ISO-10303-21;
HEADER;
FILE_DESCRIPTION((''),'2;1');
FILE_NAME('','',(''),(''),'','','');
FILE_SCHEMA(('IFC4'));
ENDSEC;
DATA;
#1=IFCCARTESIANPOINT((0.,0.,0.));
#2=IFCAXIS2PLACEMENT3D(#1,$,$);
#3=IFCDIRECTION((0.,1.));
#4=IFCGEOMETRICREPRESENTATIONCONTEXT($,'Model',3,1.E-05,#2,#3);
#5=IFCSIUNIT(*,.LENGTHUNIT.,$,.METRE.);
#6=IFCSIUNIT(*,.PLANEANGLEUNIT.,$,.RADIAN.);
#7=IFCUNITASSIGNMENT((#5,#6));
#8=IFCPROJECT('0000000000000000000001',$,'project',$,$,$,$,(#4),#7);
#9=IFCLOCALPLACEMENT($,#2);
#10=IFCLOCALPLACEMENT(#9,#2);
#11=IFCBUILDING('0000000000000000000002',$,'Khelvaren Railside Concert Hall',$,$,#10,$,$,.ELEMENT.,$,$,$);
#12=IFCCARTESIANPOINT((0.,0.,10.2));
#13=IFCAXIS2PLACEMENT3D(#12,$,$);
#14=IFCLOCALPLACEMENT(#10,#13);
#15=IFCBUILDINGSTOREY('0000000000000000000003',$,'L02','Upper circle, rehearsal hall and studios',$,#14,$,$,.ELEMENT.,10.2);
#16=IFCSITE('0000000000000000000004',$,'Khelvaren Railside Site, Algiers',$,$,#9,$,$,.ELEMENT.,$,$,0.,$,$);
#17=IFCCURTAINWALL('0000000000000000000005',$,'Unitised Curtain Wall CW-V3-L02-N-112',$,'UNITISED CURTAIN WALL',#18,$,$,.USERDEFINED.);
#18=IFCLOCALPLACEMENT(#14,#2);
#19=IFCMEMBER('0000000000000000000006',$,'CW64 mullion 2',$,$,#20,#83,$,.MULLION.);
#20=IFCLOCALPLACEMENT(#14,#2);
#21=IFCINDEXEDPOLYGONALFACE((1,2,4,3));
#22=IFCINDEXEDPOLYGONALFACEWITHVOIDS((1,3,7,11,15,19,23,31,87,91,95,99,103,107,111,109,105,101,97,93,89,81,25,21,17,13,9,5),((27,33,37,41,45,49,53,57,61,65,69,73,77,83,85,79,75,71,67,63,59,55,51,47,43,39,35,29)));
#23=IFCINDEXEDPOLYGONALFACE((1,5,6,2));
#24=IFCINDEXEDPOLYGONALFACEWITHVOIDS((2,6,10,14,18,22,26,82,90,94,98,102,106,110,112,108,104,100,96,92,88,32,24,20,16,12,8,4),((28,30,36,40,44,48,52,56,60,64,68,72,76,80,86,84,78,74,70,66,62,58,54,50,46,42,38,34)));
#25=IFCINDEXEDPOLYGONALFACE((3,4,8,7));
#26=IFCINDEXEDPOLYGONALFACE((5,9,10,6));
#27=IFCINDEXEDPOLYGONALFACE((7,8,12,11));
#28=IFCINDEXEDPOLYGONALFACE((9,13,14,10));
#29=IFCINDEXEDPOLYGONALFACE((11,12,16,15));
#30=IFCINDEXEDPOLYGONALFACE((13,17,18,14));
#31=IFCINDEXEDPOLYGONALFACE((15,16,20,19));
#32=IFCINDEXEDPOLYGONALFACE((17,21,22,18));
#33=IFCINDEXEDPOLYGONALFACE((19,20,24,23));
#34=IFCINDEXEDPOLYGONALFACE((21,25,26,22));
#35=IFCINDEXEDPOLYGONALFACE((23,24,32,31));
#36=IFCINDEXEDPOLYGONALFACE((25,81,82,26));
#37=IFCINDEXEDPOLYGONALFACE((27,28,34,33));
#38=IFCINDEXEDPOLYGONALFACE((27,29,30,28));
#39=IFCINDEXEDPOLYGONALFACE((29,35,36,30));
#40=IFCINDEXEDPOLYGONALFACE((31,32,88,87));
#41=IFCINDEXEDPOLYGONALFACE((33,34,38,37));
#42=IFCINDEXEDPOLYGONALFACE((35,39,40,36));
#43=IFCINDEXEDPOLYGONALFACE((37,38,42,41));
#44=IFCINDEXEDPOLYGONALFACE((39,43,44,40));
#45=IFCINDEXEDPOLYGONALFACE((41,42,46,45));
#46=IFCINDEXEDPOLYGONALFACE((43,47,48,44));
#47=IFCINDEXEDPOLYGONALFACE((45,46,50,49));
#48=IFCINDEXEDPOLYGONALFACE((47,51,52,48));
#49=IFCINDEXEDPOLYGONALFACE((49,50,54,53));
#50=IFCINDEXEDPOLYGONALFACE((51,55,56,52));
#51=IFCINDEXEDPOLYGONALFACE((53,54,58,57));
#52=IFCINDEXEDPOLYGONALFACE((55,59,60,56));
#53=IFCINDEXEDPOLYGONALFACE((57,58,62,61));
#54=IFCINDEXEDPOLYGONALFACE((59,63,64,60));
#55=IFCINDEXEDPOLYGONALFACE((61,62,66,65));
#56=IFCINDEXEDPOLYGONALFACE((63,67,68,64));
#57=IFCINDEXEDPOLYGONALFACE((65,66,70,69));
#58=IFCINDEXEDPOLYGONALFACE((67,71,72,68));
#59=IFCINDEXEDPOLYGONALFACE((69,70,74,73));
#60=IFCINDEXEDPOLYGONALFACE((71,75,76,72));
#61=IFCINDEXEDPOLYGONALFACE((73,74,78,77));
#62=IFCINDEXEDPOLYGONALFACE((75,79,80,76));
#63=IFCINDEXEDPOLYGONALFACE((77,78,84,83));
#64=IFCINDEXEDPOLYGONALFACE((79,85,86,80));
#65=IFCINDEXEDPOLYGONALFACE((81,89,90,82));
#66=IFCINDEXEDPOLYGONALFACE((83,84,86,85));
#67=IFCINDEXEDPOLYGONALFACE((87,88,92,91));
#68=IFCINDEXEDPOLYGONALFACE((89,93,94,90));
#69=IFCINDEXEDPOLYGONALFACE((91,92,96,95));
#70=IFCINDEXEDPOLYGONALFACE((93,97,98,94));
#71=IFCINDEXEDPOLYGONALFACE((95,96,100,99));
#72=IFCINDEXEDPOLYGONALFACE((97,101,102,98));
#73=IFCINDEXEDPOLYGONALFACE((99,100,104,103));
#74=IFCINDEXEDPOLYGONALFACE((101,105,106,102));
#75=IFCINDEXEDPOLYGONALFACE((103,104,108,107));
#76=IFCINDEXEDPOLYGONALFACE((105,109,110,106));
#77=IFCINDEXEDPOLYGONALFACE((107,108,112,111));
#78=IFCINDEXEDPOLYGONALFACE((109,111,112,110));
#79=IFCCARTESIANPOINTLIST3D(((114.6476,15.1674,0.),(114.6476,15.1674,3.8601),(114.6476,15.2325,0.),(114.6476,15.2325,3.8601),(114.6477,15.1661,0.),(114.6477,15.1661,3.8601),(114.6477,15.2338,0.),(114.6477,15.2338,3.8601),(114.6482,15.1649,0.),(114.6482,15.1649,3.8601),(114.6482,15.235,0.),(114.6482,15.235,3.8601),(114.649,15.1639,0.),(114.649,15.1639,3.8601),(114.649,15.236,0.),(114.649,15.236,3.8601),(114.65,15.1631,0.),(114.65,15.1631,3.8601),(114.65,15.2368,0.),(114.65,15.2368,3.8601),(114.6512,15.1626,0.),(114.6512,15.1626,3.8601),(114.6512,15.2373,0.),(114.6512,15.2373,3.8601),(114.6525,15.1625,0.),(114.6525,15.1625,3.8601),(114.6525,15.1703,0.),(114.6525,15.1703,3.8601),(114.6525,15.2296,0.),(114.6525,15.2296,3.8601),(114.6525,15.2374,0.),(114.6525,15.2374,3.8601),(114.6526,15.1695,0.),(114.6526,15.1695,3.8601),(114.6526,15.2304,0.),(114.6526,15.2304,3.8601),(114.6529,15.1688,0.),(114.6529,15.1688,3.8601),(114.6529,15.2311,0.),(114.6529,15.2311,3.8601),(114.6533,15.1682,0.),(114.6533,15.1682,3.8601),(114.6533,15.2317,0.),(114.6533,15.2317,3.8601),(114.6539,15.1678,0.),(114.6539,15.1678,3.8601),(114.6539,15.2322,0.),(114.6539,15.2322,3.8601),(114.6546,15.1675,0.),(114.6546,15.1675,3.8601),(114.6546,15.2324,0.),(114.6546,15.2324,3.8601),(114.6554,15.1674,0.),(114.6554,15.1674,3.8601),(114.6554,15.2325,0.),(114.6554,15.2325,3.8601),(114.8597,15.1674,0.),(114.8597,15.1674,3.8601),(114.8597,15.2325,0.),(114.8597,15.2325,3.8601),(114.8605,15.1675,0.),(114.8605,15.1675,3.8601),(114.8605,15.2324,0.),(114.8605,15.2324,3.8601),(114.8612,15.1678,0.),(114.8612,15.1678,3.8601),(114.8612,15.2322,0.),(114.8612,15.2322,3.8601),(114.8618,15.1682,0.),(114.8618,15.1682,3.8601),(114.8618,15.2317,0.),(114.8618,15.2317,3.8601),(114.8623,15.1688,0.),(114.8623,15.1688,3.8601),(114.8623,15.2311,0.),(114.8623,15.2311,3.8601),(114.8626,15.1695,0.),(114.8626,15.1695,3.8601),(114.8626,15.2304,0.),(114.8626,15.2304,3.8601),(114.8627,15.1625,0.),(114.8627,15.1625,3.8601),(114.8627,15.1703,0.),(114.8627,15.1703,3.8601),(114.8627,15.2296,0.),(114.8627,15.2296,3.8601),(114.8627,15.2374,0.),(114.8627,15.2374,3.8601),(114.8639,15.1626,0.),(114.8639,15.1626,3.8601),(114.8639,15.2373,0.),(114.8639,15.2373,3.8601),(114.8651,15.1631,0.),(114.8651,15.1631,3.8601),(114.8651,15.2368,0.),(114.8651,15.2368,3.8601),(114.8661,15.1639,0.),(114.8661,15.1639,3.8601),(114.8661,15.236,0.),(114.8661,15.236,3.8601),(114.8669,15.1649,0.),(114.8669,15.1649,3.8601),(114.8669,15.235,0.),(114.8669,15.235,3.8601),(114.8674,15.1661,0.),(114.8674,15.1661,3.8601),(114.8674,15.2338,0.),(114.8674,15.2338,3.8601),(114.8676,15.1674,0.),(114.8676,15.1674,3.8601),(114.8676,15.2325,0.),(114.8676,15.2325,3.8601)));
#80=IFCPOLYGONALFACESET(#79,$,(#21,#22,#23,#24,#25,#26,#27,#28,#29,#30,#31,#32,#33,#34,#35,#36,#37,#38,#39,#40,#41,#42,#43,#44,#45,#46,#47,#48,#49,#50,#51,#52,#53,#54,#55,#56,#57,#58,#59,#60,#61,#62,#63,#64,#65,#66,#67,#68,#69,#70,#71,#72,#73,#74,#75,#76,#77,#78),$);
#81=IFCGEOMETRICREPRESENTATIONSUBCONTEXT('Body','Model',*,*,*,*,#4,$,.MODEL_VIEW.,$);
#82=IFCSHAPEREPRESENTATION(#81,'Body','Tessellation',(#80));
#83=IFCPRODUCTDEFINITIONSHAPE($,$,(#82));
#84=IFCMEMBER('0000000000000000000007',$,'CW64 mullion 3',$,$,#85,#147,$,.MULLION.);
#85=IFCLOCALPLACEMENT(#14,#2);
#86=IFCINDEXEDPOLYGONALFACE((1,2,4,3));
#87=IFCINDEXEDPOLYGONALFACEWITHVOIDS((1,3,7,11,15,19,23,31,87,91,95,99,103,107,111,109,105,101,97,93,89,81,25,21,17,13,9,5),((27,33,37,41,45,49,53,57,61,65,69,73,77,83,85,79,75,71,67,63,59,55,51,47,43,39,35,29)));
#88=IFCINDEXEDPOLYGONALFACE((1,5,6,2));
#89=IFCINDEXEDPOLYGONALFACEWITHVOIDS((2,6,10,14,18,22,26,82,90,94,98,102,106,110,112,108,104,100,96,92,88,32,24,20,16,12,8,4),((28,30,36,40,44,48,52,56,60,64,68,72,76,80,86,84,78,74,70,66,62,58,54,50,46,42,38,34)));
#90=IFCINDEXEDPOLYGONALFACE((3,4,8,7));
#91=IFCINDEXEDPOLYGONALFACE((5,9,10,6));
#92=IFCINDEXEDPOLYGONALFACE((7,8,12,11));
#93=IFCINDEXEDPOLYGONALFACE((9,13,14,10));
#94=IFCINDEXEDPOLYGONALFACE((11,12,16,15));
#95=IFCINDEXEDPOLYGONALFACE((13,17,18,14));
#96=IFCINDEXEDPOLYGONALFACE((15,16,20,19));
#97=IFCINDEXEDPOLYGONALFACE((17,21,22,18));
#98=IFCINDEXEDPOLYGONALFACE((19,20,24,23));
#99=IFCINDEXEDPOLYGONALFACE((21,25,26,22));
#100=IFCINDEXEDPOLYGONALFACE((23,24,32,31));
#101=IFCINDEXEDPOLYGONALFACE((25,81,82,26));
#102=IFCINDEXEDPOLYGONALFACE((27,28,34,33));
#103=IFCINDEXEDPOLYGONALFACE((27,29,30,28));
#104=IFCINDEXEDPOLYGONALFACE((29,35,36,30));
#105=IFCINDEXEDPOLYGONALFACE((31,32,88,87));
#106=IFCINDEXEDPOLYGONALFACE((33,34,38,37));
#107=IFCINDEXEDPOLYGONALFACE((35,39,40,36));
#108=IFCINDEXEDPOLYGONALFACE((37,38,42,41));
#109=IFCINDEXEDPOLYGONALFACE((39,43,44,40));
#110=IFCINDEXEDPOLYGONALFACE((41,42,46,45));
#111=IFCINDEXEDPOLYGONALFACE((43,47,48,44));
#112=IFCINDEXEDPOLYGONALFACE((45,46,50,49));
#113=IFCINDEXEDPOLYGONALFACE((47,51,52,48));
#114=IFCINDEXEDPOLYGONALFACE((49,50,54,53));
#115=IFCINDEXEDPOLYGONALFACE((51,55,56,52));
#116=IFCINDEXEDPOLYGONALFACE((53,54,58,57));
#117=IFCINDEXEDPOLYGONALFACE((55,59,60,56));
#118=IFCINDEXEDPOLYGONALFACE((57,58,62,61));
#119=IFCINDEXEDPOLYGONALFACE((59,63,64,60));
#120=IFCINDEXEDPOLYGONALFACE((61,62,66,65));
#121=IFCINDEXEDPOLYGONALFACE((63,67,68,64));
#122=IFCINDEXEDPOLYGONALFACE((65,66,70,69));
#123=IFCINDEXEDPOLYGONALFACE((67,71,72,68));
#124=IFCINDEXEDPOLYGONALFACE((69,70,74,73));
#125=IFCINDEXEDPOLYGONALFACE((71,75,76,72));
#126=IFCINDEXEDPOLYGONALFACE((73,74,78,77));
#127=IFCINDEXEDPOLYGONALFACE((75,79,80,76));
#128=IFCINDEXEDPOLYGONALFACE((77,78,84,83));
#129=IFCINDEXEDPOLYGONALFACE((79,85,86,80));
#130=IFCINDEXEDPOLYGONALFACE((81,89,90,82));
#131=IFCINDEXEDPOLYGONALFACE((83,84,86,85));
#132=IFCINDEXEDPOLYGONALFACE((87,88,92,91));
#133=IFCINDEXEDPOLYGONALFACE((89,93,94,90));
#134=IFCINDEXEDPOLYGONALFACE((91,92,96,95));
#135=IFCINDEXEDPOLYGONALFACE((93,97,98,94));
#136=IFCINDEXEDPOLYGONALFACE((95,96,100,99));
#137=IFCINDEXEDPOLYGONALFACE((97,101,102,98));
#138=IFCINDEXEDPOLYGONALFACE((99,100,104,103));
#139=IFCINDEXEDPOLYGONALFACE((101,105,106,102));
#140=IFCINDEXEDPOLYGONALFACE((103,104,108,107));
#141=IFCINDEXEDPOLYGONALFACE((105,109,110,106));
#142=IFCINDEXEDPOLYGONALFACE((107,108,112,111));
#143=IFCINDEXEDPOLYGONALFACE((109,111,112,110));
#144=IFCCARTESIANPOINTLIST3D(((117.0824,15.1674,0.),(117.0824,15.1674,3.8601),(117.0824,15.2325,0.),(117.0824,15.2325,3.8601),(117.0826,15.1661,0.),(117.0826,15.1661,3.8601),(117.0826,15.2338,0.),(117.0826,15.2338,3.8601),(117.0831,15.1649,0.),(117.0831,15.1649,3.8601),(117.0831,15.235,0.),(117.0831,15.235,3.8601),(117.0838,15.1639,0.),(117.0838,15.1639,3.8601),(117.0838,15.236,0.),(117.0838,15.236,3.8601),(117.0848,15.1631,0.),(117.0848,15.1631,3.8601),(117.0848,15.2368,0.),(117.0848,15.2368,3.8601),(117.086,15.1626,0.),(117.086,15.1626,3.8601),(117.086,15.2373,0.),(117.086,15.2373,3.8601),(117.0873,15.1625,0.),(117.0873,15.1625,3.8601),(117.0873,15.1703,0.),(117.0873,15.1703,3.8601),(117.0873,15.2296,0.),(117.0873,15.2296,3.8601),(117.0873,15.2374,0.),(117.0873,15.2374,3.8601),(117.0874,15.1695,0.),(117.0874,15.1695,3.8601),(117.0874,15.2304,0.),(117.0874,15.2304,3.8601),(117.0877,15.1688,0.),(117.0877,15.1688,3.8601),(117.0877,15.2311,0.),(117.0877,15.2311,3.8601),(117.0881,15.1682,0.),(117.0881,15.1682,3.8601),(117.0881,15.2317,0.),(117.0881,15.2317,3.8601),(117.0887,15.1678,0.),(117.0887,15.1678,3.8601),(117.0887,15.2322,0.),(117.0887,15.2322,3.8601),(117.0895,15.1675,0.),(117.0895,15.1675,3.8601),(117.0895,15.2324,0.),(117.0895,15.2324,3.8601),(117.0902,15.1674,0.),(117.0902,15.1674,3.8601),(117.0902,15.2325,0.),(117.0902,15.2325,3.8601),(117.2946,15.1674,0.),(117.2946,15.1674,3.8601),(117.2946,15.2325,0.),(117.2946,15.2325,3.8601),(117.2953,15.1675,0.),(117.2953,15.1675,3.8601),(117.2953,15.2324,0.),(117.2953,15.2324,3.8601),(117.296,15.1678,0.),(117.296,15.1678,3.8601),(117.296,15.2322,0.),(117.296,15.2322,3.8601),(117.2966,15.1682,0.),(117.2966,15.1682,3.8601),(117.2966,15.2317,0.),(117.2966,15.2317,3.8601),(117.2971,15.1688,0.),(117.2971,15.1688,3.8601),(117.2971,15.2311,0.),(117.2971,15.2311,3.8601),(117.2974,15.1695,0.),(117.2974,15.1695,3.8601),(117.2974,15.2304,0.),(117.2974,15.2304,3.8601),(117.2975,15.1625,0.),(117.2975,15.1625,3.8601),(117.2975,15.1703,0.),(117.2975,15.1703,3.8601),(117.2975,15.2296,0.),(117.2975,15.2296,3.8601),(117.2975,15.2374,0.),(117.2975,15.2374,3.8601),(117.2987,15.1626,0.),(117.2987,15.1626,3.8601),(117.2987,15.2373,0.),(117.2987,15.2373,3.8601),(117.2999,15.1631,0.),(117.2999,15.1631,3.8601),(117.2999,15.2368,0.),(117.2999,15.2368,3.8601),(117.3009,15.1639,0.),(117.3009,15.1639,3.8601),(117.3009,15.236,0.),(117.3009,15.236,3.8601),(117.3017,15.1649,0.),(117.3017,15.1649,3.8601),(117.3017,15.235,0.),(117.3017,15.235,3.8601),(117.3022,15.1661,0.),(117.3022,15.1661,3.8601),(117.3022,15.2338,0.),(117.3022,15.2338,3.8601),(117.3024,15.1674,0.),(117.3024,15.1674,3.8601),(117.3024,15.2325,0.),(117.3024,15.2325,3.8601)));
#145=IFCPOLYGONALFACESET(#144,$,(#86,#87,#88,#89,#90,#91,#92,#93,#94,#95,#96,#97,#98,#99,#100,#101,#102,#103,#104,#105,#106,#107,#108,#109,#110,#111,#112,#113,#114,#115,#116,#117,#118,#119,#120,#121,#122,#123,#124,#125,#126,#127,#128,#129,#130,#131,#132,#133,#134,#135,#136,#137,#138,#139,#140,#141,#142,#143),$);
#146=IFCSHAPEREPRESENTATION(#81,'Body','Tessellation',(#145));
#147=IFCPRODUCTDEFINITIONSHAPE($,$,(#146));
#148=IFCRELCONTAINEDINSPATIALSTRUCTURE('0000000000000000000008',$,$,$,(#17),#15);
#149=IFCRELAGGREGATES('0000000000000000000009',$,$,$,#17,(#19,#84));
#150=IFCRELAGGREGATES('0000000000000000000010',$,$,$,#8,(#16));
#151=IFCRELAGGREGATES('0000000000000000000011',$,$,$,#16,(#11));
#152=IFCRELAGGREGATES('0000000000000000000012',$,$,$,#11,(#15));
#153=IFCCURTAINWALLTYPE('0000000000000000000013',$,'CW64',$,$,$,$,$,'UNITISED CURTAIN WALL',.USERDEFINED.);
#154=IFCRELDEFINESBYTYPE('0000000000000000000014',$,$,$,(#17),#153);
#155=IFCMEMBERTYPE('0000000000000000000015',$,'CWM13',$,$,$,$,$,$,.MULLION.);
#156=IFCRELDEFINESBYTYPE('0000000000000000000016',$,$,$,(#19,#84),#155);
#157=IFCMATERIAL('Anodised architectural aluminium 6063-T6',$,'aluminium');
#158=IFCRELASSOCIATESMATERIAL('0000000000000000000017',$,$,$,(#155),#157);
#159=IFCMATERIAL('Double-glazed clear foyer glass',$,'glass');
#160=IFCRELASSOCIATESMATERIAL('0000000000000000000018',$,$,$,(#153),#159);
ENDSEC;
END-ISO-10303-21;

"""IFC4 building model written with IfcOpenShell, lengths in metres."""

from ifc_helpers import new_model, si_unit, direction, frame, origin, origin_2d, place, context, subcontext, project, spatial, hollow_rectangle, extrude, material, material_profile, profile_set, type_object, element, aggregate, save


model = new_model("IFC4")

# Units and contexts
model_context = context("Model", 3, precision=1e-05, world=origin(), true_north=direction((0.0, 1.0)))
body_context = subcontext(model_context, "Body", "Model", "MODEL_VIEW")
ifc_project = project(units=[si_unit("LENGTHUNIT", "METRE"), si_unit("PLANEANGLEUNIT", "RADIAN")], contexts=[model_context])

# Site, building, storey
site_placement = place(None, origin())
site = spatial("IfcSite", under=ifc_project, at=site_placement, Name="Khelvaren Railside Site, Algiers", CompositionType="ELEMENT", RefElevation=0.0)
building_placement = place(site_placement, origin())
building = spatial("IfcBuilding", under=site, at=building_placement, Name="Khelvaren Railside Concert Hall", CompositionType="ELEMENT")
storey_placement = place(building_placement, frame((0.0, 0.0, 10.2)))
storey = spatial("IfcBuildingStorey", under=building, at=storey_placement, Name="L02", Description="Upper circle, rehearsal hall and studios", CompositionType="ELEMENT", Elevation=10.2)

# Shared definitions
ifc_material_1 = material(Name="Double-glazed clear foyer glass", Category="glass")
ifc_material_2 = material(Name="Anodised architectural aluminium 6063-T6", Category="aluminium")
ifc_material_profile_1 = material_profile(ifc_material_2, hollow_rectangle(XDim=0.075, YDim=0.22, WallThickness=0.0049, InnerFilletRadius=0.0029, OuterFilletRadius=0.0049, at=origin_2d()), Name="CWM 75x220x5")
ifc_profile_set_1 = profile_set([ifc_material_profile_1], Name="Anodised architectural aluminium 6063-T6")
member_type_1 = type_object("IfcMemberType", Name="CWM13", PredefinedType="MULLION", material=ifc_profile_set_1)

# Curtain wall, members
curtain_wall_type_1 = type_object("IfcCurtainWallType", Name="CW64", ElementType="UNITISED CURTAIN WALL", PredefinedType="USERDEFINED", material=ifc_material_1)
curtain_wall_1_placement = place(storey_placement, origin())
curtain_wall_1 = element("IfcCurtainWall", 1, at=curtain_wall_1_placement, inside=storey, type_object=curtain_wall_type_1, Name="Unitised Curtain Wall CW-V3-L02-N-112", ObjectType="UNITISED CURTAIN WALL", PredefinedType="USERDEFINED")
member_1_placement = place(storey_placement, frame((114.7576, 15.2, 0.0), z_axis=(0.0, 0.0, 1.0), x_axis=(0.0, 1.0, 0.0)))
member_1 = element("IfcMember", 2, at=member_1_placement, type_object=member_type_1, Name="CW64 mullion 2", PredefinedType="MULLION", context=body_context, shape_type="SweptSolid", body=[
    extrude(hollow_rectangle(XDim=0.075, YDim=0.22, WallThickness=0.0049, InnerFilletRadius=0.0029, OuterFilletRadius=0.0049, at=origin_2d()), origin(), (0.0, 0.0, 1.0), 3.8601),
])
member_2_placement = place(storey_placement, frame((117.1924, 15.2, 0.0), z_axis=(0.0, 0.0, 1.0), x_axis=(0.0, 1.0, 0.0)))
member_2 = element("IfcMember", 3, at=member_2_placement, type_object=member_type_1, Name="CW64 mullion 3", PredefinedType="MULLION", context=body_context, shape_type="SweptSolid", body=[
    extrude(hollow_rectangle(XDim=0.075, YDim=0.22, WallThickness=0.0049, InnerFilletRadius=0.0029, OuterFilletRadius=0.0049, at=origin_2d()), origin(), (0.0, 0.0, 1.0), 3.8601),
])

aggregate(curtain_wall_1, [member_1, member_2])

save(model, "model.ifc")
